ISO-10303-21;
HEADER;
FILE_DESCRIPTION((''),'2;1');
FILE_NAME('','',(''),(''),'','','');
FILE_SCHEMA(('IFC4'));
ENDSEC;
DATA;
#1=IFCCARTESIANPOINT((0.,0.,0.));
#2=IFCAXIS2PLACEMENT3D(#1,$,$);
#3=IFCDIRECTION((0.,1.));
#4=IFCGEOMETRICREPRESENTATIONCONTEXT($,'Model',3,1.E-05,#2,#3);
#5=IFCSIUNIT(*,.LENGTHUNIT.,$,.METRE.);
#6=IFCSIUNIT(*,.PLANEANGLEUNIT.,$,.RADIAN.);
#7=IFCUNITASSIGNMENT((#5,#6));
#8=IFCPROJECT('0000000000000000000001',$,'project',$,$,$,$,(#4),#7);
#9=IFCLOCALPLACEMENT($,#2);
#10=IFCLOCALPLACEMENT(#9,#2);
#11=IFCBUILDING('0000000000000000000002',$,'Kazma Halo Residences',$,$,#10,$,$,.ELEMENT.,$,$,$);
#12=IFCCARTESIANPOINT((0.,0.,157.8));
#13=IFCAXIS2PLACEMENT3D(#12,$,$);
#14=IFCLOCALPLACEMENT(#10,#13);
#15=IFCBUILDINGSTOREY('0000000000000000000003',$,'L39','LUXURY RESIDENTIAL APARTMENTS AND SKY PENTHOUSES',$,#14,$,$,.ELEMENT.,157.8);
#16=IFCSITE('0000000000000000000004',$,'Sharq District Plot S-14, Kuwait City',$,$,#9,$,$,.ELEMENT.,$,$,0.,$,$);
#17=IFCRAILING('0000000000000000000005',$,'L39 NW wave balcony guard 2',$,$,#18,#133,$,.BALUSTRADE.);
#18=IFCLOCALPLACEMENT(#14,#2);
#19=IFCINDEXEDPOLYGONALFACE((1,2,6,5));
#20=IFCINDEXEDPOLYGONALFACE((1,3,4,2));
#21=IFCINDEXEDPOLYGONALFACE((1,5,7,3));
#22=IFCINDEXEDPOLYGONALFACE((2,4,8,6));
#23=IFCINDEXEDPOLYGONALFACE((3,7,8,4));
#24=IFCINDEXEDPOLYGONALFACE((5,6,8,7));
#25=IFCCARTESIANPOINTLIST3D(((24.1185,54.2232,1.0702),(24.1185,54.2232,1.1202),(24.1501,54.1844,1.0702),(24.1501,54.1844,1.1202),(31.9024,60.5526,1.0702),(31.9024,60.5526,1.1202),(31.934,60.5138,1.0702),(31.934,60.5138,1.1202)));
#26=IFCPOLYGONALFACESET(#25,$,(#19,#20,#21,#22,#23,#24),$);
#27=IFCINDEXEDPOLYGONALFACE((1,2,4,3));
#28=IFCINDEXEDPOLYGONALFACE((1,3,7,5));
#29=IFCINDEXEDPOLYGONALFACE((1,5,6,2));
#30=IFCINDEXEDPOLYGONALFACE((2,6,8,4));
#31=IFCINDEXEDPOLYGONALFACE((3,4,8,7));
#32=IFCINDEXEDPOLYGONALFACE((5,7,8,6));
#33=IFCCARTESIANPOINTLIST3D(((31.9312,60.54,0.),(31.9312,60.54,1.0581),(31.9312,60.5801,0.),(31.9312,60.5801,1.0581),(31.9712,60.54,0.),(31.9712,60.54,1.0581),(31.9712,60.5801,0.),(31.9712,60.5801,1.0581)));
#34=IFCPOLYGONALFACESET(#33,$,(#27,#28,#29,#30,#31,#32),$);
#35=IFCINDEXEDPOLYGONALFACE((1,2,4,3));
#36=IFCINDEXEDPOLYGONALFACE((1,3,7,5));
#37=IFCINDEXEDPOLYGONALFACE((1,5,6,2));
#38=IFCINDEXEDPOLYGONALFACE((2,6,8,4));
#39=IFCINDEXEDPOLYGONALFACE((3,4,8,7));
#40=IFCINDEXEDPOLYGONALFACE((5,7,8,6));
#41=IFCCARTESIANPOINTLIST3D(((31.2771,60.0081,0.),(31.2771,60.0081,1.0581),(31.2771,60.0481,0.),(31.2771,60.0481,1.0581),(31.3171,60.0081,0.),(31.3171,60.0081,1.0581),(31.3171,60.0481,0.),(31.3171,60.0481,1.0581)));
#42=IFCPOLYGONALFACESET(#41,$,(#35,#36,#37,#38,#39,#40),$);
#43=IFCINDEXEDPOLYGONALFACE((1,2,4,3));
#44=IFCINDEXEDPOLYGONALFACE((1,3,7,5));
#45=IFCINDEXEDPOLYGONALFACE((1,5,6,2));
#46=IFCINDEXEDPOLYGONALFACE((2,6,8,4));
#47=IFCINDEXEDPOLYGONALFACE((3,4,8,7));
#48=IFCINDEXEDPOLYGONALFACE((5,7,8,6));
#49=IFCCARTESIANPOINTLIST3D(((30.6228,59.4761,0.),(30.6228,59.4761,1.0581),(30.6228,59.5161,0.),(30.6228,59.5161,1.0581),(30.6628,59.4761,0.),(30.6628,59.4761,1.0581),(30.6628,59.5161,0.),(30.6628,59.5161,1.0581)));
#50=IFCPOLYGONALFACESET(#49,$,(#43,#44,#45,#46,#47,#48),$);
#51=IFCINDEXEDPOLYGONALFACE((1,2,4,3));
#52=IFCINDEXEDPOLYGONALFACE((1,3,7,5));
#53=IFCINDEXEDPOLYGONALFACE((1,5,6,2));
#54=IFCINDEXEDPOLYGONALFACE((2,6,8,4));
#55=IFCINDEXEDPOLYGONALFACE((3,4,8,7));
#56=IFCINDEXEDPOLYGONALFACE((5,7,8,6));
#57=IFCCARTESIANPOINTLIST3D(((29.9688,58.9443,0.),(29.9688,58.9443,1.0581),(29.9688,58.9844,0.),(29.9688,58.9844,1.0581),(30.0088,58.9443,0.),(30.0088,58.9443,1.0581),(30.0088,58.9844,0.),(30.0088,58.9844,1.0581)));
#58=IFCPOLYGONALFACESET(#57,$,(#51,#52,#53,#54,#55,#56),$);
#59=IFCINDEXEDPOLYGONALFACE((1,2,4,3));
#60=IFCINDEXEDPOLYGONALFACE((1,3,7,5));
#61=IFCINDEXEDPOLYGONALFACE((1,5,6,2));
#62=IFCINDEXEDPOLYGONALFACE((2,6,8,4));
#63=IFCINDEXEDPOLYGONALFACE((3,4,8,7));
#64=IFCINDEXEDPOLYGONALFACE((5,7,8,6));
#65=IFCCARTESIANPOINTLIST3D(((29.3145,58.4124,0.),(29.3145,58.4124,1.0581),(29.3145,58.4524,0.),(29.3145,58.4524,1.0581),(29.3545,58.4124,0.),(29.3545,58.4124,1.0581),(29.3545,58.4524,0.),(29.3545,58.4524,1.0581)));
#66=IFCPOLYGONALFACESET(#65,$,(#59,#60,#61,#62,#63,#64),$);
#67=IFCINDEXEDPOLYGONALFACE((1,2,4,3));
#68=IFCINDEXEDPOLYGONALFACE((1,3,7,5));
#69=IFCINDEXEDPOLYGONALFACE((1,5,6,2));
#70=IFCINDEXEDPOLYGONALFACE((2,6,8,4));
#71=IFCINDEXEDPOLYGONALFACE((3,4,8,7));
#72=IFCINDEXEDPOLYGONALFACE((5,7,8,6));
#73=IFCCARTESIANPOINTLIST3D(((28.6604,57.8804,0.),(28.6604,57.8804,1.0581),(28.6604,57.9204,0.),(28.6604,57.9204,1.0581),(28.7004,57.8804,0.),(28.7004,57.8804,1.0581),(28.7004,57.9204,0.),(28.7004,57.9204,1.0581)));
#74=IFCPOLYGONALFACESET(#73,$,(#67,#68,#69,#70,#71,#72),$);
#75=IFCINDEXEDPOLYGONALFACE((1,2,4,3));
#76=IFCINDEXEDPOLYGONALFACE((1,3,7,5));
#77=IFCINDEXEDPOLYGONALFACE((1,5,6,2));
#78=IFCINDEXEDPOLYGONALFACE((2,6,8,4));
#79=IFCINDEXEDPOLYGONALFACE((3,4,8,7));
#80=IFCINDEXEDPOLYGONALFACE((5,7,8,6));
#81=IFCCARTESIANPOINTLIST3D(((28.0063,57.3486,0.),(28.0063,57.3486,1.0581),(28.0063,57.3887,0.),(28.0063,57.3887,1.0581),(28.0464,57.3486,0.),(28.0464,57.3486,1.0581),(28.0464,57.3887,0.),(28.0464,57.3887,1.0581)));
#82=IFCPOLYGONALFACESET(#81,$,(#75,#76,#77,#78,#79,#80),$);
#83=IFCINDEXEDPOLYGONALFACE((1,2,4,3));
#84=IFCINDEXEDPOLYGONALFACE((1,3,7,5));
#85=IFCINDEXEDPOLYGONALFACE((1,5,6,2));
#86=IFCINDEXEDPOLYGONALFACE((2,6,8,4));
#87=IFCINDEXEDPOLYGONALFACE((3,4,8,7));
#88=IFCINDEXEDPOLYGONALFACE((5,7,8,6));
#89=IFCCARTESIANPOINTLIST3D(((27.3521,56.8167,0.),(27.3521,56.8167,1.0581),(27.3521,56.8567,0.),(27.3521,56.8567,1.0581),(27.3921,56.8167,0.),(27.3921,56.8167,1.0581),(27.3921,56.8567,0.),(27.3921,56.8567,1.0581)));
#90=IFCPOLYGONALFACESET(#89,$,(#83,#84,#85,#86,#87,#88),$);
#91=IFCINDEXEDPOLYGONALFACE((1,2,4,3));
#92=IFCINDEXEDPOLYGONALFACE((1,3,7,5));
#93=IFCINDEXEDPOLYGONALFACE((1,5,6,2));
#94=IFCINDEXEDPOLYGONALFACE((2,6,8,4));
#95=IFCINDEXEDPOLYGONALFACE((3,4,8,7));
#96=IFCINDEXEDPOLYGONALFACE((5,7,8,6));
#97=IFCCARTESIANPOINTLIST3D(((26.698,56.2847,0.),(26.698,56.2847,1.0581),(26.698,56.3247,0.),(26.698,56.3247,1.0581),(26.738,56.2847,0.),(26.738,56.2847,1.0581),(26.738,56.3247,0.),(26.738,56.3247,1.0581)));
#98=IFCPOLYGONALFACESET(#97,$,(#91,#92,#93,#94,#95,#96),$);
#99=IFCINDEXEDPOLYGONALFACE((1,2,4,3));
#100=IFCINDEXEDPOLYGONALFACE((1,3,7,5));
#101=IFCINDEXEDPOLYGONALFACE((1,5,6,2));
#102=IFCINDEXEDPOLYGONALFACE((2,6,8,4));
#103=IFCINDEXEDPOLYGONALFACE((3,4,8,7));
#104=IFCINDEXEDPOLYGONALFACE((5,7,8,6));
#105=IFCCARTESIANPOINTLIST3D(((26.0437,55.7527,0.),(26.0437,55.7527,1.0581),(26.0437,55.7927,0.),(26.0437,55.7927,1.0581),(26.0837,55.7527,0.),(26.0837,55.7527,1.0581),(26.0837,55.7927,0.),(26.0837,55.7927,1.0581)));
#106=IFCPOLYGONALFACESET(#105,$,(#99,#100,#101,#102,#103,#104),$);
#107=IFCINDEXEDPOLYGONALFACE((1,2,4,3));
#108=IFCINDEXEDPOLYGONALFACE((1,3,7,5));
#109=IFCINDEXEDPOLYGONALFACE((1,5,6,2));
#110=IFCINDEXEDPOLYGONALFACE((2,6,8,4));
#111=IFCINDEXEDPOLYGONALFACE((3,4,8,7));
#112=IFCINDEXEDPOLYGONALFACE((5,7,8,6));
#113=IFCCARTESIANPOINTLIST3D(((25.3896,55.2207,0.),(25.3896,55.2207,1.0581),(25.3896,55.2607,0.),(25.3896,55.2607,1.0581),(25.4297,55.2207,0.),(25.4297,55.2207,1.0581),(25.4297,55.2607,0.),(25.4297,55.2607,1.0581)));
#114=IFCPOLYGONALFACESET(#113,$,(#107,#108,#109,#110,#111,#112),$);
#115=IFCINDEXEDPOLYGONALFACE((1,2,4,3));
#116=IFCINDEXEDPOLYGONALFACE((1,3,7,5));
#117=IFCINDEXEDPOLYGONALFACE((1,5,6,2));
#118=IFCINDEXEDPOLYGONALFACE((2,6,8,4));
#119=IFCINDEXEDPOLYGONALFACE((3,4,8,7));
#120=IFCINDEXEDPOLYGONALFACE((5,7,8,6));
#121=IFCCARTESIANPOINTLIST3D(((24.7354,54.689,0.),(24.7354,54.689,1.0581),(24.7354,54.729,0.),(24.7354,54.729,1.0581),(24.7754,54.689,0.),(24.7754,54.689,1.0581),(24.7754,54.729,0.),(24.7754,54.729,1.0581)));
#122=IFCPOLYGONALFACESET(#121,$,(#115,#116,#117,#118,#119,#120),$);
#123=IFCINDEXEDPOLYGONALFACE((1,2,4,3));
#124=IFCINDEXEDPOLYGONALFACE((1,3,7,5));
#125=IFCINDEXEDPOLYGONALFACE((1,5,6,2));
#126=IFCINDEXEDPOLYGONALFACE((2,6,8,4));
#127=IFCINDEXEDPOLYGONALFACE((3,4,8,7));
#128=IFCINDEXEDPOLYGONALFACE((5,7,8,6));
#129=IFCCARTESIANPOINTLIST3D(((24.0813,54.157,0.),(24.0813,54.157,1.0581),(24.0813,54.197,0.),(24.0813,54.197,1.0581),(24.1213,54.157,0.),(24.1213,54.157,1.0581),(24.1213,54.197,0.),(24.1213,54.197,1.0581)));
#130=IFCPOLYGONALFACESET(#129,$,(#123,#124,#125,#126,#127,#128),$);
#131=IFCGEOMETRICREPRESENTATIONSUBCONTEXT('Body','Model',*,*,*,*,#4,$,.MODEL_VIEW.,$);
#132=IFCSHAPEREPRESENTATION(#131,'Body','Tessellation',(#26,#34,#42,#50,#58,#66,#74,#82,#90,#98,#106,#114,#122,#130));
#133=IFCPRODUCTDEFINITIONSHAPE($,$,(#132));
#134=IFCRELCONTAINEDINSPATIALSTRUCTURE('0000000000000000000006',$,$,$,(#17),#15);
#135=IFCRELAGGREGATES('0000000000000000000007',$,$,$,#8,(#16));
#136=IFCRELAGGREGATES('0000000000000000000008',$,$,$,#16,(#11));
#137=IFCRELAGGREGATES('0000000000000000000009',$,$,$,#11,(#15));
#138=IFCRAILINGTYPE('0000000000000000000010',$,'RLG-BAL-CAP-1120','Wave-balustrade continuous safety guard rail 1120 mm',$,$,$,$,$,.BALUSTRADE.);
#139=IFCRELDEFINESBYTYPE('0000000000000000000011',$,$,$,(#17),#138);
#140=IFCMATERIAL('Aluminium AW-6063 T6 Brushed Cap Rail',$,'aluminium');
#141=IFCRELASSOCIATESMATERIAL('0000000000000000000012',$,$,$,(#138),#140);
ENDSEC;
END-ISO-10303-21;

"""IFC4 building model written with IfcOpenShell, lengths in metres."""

from ifc_helpers import new_model, si_unit, direction, frame, origin, origin_2d, place, context, subcontext, project, spatial, rectangle, extrude, material, type_object, element, save


model = new_model("IFC4")

# Units and contexts
model_context = context("Model", 3, precision=1e-05, world=origin(), true_north=direction((0.0, 1.0)))
body_context = subcontext(model_context, "Body", "Model", "MODEL_VIEW")
ifc_project = project(units=[si_unit("LENGTHUNIT", "METRE"), si_unit("PLANEANGLEUNIT", "RADIAN")], contexts=[model_context])

# Site, building, storey
site_placement = place(None, origin())
site = spatial("IfcSite", under=ifc_project, at=site_placement, Name="Sharq District Plot S-14, Kuwait City", CompositionType="ELEMENT", RefElevation=0.0)
building_placement = place(site_placement, origin())
building = spatial("IfcBuilding", under=site, at=building_placement, Name="Kazma Halo Residences", CompositionType="ELEMENT")
storey_placement = place(building_placement, frame((0.0, 0.0, 157.8)))
storey = spatial("IfcBuildingStorey", under=building, at=storey_placement, Name="L39", Description="LUXURY RESIDENTIAL APARTMENTS AND SKY PENTHOUSES", CompositionType="ELEMENT", Elevation=157.8)

# Railing
ifc_material_1 = material(Name="Aluminium AW-6063 T6 Brushed Cap Rail", Category="aluminium")
railing_type = type_object("IfcRailingType", Name="RLG-BAL-CAP-1120", Description="Wave-balustrade continuous safety guard rail 1120 mm", PredefinedType="BALUSTRADE", material=ifc_material_1)
railing_1_placement = place(storey_placement, frame((31.9512, 60.5601, 0.0)))
element("IfcRailing", 1, at=railing_1_placement, inside=storey, type_object=railing_type, Name="L39 NW wave balcony guard 2", PredefinedType="BALUSTRADE", context=body_context, shape_type="SweptSolid", body=[
    extrude(rectangle(XDim=0.05, YDim=0.05, at=origin_2d()), frame((-0.033, -0.0269, 1.0952), z_axis=(-0.77587, -0.630893, 0.0), x_axis=(0.630893, -0.77587, 0.0)), (0.0, 0.0, 1.0), 10.0325),
    extrude(rectangle(XDim=0.04, YDim=0.04, at=origin_2d()), origin(), (0.0, 0.0, 1.0), 1.0581),
    extrude(rectangle(XDim=0.04, YDim=0.04, at=origin_2d()), frame((-0.6541, -0.532, 0.0)), (0.0, 0.0, 1.0), 1.0581),
    extrude(rectangle(XDim=0.04, YDim=0.04, at=origin_2d()), frame((-1.3083, -1.064, 0.0)), (0.0, 0.0, 1.0), 1.0581),
    extrude(rectangle(XDim=0.04, YDim=0.04, at=origin_2d()), frame((-1.9624, -1.5957, 0.0)), (0.0, 0.0, 1.0), 1.0581),
    extrude(rectangle(XDim=0.04, YDim=0.04, at=origin_2d()), frame((-2.6167, -2.1277, 0.0)), (0.0, 0.0, 1.0), 1.0581),
    extrude(rectangle(XDim=0.04, YDim=0.04, at=origin_2d()), frame((-3.2708, -2.6597, 0.0)), (0.0, 0.0, 1.0), 1.0581),
    extrude(rectangle(XDim=0.04, YDim=0.04, at=origin_2d()), frame((-3.9248, -3.1914, 0.0)), (0.0, 0.0, 1.0), 1.0581),
    extrude(rectangle(XDim=0.04, YDim=0.04, at=origin_2d()), frame((-4.5791, -3.7234, 0.0)), (0.0, 0.0, 1.0), 1.0581),
    extrude(rectangle(XDim=0.04, YDim=0.04, at=origin_2d()), frame((-5.2332, -4.2554, 0.0)), (0.0, 0.0, 1.0), 1.0581),
    extrude(rectangle(XDim=0.04, YDim=0.04, at=origin_2d()), frame((-5.8875, -4.7874, 0.0)), (0.0, 0.0, 1.0), 1.0581),
    extrude(rectangle(XDim=0.04, YDim=0.04, at=origin_2d()), frame((-6.5415, -5.3193, 0.0)), (0.0, 0.0, 1.0), 1.0581),
    extrude(rectangle(XDim=0.04, YDim=0.04, at=origin_2d()), frame((-7.1958, -5.8511, 0.0)), (0.0, 0.0, 1.0), 1.0581),
    extrude(rectangle(XDim=0.04, YDim=0.04, at=origin_2d()), frame((-7.8499, -6.3831, 0.0)), (0.0, 0.0, 1.0), 1.0581),
])

save(model, "model.ifc")
